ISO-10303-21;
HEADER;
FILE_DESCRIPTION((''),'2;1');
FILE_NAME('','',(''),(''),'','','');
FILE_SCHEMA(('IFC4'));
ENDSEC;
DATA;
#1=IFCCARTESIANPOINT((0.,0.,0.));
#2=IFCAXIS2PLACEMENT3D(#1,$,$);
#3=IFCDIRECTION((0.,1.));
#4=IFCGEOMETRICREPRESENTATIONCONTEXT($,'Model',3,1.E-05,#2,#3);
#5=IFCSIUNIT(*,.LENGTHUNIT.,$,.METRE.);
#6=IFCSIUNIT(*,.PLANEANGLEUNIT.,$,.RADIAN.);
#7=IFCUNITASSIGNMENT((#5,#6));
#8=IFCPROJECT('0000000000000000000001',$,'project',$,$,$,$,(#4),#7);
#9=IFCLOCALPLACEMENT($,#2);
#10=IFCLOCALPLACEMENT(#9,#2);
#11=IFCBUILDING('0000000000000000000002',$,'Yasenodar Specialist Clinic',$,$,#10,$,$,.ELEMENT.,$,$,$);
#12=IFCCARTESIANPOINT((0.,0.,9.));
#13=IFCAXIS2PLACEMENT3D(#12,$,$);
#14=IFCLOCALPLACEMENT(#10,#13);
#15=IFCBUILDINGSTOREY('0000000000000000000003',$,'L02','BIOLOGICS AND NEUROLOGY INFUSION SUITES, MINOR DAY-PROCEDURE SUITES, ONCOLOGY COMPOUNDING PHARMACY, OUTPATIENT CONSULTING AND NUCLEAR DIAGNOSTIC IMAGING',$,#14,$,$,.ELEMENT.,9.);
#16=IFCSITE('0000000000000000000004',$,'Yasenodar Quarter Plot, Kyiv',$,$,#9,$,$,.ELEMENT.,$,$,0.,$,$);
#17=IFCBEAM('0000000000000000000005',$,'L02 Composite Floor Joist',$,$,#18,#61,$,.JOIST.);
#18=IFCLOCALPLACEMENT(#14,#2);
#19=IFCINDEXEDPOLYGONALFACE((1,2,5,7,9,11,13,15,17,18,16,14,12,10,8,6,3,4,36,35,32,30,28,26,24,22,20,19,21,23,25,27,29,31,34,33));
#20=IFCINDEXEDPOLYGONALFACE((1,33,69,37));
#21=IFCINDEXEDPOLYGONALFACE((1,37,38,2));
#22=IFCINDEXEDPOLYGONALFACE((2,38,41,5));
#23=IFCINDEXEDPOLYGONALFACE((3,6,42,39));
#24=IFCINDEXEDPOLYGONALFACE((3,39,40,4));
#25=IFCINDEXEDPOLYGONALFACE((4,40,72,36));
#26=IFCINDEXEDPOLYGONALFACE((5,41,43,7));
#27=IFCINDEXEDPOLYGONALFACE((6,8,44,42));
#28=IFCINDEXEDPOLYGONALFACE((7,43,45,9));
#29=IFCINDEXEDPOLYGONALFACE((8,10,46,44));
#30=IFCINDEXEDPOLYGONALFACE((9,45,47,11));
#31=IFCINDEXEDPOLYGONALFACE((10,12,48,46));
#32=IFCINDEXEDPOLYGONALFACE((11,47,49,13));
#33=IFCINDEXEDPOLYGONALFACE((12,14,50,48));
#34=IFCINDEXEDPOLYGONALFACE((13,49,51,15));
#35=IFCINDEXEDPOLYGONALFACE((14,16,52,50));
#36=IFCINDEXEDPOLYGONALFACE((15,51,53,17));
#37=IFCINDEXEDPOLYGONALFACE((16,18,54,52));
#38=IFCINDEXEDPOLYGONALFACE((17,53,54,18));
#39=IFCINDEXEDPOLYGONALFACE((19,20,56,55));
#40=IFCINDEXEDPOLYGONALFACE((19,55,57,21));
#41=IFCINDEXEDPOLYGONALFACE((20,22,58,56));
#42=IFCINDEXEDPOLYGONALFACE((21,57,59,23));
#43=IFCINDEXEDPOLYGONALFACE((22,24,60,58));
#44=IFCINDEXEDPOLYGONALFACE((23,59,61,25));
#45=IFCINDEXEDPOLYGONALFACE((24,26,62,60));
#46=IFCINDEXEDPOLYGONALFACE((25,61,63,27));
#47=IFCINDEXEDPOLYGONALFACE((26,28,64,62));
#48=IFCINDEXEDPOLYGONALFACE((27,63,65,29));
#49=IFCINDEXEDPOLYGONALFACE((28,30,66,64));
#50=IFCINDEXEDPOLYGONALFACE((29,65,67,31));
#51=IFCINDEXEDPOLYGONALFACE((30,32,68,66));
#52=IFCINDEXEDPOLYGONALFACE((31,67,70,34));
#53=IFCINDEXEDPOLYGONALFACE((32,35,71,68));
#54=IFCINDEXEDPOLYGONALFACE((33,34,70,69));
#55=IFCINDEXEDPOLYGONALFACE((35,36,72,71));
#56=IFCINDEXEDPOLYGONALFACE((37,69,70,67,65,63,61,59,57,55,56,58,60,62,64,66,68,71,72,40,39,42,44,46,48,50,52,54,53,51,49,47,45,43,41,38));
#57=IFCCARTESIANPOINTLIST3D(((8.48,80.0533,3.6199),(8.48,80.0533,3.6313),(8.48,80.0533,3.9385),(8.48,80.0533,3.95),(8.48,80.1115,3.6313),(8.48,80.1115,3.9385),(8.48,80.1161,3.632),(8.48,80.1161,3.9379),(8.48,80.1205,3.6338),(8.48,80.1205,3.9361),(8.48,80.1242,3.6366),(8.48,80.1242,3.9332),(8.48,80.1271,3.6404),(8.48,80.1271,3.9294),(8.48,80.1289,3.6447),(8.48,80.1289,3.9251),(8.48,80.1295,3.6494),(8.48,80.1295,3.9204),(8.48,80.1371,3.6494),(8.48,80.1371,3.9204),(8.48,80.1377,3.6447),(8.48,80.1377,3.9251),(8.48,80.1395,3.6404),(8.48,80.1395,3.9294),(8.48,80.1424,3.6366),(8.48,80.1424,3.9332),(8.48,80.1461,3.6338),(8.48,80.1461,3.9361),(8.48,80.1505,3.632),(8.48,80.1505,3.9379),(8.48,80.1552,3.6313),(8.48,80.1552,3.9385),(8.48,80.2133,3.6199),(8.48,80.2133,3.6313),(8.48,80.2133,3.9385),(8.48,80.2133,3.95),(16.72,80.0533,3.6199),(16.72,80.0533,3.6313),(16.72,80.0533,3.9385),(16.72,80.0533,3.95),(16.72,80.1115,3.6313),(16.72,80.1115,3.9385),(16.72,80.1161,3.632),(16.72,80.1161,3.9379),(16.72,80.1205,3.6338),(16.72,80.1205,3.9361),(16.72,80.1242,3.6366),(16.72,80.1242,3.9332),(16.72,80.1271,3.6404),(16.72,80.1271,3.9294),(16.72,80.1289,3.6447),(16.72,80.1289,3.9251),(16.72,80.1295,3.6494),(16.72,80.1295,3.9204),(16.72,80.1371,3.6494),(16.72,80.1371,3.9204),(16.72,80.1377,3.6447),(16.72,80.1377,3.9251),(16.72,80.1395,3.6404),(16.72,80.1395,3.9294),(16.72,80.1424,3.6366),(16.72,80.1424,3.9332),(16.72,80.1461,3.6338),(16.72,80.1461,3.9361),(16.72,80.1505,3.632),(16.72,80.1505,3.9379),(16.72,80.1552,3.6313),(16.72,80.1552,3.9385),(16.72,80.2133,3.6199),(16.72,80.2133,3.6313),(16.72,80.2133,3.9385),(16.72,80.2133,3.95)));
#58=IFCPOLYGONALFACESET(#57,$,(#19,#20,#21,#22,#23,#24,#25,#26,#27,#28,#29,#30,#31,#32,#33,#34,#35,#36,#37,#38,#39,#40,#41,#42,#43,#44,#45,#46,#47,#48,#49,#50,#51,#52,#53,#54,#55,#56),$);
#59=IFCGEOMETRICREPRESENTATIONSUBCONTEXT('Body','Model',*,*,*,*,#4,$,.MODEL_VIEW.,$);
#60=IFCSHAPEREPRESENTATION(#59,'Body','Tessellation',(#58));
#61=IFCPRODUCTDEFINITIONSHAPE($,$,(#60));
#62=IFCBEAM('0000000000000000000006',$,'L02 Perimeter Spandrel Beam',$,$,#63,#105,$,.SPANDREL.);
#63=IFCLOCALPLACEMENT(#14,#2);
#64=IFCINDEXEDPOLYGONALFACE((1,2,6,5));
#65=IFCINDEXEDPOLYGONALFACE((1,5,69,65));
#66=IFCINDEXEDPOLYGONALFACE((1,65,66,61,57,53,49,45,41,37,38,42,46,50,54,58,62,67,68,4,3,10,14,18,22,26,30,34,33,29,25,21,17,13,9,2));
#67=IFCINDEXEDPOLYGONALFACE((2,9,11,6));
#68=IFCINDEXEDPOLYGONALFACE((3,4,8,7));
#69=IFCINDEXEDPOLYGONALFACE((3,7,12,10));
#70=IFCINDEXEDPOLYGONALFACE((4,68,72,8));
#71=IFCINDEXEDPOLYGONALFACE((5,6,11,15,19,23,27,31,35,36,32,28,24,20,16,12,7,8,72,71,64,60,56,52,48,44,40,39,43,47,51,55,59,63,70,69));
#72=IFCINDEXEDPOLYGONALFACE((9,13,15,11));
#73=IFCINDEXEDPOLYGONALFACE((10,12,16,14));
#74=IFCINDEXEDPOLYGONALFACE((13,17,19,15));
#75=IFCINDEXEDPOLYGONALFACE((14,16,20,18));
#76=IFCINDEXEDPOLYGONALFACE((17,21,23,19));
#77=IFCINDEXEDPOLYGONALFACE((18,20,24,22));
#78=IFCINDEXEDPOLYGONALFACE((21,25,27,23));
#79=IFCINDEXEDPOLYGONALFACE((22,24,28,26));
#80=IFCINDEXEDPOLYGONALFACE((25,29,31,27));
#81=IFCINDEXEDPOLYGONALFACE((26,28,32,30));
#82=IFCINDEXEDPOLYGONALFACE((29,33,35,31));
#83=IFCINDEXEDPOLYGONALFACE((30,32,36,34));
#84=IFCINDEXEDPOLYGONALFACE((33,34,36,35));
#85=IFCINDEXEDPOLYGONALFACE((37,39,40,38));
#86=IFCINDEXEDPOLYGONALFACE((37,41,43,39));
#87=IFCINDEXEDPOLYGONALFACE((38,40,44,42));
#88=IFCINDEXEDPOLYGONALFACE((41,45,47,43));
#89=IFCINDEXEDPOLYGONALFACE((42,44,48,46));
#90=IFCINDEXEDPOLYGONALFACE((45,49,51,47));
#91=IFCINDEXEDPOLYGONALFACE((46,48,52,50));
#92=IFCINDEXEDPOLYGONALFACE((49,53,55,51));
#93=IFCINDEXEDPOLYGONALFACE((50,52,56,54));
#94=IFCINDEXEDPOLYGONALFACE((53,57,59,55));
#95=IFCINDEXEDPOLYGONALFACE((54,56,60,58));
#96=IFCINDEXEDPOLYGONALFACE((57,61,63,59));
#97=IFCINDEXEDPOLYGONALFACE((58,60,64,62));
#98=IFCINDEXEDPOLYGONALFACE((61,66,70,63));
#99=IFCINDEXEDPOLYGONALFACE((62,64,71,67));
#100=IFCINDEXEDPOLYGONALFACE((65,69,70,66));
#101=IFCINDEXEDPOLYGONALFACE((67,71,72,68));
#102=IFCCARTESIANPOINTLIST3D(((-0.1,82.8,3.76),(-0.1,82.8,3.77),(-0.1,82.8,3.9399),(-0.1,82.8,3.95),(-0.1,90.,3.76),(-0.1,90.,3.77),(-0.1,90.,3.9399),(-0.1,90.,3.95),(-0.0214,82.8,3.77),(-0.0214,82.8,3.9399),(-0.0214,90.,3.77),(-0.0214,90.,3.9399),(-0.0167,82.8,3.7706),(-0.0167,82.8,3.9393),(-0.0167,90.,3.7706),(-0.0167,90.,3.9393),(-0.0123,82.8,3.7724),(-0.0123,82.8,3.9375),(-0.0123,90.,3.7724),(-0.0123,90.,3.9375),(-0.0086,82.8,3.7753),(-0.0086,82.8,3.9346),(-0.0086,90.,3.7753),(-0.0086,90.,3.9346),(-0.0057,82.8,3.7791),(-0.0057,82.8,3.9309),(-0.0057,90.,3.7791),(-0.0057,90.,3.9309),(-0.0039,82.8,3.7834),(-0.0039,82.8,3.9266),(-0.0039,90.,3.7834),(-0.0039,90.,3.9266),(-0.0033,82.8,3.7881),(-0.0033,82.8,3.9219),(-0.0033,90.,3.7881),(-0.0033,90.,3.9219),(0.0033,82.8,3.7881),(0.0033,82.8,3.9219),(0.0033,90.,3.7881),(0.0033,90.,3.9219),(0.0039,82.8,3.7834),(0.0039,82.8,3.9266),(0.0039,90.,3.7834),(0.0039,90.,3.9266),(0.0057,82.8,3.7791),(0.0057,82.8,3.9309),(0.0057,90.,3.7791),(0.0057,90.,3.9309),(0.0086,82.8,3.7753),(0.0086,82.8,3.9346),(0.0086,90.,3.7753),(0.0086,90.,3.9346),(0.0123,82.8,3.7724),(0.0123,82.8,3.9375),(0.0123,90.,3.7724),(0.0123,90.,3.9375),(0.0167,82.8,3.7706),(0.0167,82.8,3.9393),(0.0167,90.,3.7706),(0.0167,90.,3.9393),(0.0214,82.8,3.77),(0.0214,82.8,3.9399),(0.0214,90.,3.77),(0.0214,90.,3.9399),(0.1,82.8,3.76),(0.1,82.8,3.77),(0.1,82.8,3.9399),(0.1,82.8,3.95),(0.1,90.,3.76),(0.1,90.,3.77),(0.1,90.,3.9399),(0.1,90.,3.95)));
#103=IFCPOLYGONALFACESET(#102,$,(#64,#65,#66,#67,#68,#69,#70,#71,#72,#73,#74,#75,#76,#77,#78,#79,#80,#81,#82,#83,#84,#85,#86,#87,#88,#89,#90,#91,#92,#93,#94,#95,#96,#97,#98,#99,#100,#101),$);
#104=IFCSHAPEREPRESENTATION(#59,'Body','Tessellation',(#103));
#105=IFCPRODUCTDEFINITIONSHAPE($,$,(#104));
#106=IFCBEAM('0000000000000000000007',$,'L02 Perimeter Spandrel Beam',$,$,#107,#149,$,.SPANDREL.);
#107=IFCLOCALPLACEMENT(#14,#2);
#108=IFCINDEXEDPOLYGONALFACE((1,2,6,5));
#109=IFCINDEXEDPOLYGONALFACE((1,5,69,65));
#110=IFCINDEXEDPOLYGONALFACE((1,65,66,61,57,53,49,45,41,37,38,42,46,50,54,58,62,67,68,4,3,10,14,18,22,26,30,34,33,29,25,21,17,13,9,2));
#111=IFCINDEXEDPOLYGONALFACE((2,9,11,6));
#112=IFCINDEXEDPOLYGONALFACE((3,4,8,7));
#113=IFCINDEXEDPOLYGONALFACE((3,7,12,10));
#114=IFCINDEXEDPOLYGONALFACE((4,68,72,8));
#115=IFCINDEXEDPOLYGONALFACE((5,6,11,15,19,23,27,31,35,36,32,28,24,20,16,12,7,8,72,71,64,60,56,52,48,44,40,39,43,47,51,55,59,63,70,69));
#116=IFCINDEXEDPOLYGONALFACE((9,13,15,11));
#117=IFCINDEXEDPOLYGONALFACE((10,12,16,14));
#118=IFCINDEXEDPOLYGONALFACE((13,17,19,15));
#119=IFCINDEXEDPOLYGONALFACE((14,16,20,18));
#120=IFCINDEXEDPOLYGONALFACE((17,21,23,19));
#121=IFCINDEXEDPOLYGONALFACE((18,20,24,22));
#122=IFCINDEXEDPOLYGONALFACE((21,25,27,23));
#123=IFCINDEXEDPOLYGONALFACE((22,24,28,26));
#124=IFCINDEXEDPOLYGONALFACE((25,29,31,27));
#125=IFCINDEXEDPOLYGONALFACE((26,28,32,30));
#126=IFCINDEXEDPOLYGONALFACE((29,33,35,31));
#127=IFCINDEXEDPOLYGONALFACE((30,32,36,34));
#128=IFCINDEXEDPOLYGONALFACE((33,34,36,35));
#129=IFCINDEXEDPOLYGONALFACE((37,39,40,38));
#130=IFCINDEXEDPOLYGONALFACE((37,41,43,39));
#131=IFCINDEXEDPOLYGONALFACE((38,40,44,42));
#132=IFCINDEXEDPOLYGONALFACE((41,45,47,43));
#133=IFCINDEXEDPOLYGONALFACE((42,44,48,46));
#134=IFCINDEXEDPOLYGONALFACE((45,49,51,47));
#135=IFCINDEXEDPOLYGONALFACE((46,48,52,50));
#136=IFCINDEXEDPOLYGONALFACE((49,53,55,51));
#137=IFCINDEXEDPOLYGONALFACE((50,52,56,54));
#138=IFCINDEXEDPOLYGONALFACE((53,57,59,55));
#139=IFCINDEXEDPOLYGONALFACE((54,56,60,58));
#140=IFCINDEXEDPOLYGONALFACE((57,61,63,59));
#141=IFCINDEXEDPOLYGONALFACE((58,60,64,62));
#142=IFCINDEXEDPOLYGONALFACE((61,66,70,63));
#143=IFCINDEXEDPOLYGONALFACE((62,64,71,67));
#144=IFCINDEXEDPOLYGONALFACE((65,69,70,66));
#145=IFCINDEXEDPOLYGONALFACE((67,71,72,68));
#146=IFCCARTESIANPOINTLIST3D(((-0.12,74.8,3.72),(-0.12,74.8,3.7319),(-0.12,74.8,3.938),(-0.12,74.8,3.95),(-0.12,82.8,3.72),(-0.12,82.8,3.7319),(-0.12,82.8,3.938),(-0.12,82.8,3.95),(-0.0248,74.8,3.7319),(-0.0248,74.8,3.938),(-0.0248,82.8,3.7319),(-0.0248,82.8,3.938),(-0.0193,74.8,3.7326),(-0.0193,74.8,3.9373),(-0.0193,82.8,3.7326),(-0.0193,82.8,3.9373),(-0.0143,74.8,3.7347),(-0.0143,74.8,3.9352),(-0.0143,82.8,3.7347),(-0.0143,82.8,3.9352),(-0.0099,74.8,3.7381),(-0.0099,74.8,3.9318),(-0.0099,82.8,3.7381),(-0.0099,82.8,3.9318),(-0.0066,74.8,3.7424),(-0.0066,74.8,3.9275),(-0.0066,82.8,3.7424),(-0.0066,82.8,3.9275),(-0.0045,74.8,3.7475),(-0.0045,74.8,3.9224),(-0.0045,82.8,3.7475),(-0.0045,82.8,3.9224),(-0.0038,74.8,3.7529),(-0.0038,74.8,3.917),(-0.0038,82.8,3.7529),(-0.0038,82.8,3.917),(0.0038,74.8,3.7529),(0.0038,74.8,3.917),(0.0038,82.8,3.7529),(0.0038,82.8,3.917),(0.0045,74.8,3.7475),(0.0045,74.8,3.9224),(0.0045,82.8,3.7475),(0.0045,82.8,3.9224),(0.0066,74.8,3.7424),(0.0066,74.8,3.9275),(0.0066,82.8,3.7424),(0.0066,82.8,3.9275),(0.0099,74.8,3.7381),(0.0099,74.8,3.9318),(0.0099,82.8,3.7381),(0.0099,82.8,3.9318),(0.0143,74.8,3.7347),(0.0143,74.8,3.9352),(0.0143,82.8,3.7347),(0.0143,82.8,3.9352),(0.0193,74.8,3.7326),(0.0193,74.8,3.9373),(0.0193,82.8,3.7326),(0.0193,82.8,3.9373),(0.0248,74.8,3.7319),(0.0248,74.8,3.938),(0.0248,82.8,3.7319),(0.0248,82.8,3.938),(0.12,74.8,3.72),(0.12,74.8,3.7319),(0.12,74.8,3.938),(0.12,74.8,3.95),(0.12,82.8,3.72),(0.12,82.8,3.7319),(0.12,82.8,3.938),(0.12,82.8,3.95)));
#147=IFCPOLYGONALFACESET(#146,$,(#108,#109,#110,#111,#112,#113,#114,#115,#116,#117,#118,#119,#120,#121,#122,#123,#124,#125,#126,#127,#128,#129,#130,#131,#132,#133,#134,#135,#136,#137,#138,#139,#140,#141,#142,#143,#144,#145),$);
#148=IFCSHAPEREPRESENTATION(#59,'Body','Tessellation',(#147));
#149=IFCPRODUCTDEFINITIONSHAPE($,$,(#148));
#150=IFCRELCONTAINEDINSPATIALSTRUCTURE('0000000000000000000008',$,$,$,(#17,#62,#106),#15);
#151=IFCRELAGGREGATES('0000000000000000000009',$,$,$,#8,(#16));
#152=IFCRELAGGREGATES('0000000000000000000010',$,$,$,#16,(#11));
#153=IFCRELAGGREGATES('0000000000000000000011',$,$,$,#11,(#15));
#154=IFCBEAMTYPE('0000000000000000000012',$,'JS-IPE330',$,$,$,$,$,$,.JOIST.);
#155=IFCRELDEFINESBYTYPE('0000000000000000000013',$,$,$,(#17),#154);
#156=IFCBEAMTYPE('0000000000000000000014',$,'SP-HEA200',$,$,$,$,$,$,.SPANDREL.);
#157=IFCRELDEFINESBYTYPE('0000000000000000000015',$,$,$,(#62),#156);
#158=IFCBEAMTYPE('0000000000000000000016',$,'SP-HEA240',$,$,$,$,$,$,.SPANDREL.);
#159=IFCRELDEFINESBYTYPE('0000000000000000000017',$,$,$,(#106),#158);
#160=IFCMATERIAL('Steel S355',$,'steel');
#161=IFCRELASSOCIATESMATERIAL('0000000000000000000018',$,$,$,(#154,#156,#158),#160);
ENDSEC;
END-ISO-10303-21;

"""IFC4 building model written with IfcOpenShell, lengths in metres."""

from ifc_helpers import new_model, si_unit, direction, frame, origin, origin_2d, place, context, subcontext, project, spatial, i_section, extrude, material, material_profile, profile_set, type_object, element, save


model = new_model("IFC4")

# Units and contexts
model_context = context("Model", 3, precision=1e-05, world=origin(), true_north=direction((0.0, 1.0)))
body_context = subcontext(model_context, "Body", "Model", "MODEL_VIEW")
ifc_project = project(units=[si_unit("LENGTHUNIT", "METRE"), si_unit("PLANEANGLEUNIT", "RADIAN")], contexts=[model_context])

# Site, building, storey
site_placement = place(None, origin())
site = spatial("IfcSite", under=ifc_project, at=site_placement, Name="Yasenodar Quarter Plot, Kyiv", CompositionType="ELEMENT", RefElevation=0.0)
building_placement = place(site_placement, origin())
building = spatial("IfcBuilding", under=site, at=building_placement, Name="Yasenodar Specialist Clinic", CompositionType="ELEMENT")
storey_placement = place(building_placement, frame((0.0, 0.0, 9.0)))
storey = spatial("IfcBuildingStorey", under=building, at=storey_placement, Name="L02", Description="BIOLOGICS AND NEUROLOGY INFUSION SUITES, MINOR DAY-PROCEDURE SUITES, ONCOLOGY COMPOUNDING PHARMACY, OUTPATIENT CONSULTING AND NUCLEAR DIAGNOSTIC IMAGING", CompositionType="ELEMENT", Elevation=9.0)

# Shared definitions
ifc_material_1 = material(Name="Steel S355", Category="steel")

# Beams
ifc_material_profile_1 = material_profile(ifc_material_1, i_section(OverallWidth=0.1599, OverallDepth=0.3301, WebThickness=0.0076, FlangeThickness=0.0115, FilletRadius=0.0181, at=origin_2d()), Name="IPE 330")
ifc_profile_set_1 = profile_set([ifc_material_profile_1], Name="Steel S355")
beam_type_1 = type_object("IfcBeamType", Name="JS-IPE330", PredefinedType="JOIST", material=ifc_profile_set_1)
beam_1_placement = place(storey_placement, frame((8.48, 80.1333, 3.7849), z_axis=(1.0, 0.0, 0.0), x_axis=(0.0, 1.0, 0.0)))
element("IfcBeam", 1, at=beam_1_placement, inside=storey, type_object=beam_type_1, Name="L02 Composite Floor Joist", PredefinedType="JOIST", context=body_context, shape_type="SweptSolid", body=[
    extrude(i_section(OverallWidth=0.1599, OverallDepth=0.3301, WebThickness=0.0076, FlangeThickness=0.0115, FilletRadius=0.0181, at=origin_2d()), origin(), (0.0, 0.0, 1.0), 8.24),
])
ifc_material_profile_2 = material_profile(ifc_material_1, i_section(OverallWidth=0.2, OverallDepth=0.1899, WebThickness=0.0066, FlangeThickness=0.01, FilletRadius=0.0181, at=origin_2d()), Name="HEA 200")
ifc_profile_set_2 = profile_set([ifc_material_profile_2], Name="Steel S355")
beam_type_2 = type_object("IfcBeamType", Name="SP-HEA200", PredefinedType="SPANDREL", material=ifc_profile_set_2)
beam_2_placement = place(storey_placement, frame((0.0, 82.8, 3.855), z_axis=(0.0, 1.0, 0.0), x_axis=(-1.0, 0.0, 0.0)))
element("IfcBeam", 2, at=beam_2_placement, inside=storey, type_object=beam_type_2, Name="L02 Perimeter Spandrel Beam", PredefinedType="SPANDREL", context=body_context, shape_type="SweptSolid", body=[
    extrude(i_section(OverallWidth=0.2, OverallDepth=0.1899, WebThickness=0.0066, FlangeThickness=0.01, FilletRadius=0.0181, at=origin_2d()), origin(), (0.0, 0.0, 1.0), 7.2),
])
ifc_material_profile_3 = material_profile(ifc_material_1, i_section(OverallWidth=0.24, OverallDepth=0.23, WebThickness=0.0076, FlangeThickness=0.012, FilletRadius=0.021, at=origin_2d()), Name="HEA 240")
ifc_profile_set_3 = profile_set([ifc_material_profile_3], Name="Steel S355")
beam_type_3 = type_object("IfcBeamType", Name="SP-HEA240", PredefinedType="SPANDREL", material=ifc_profile_set_3)
beam_3_placement = place(storey_placement, frame((0.0, 74.8, 3.835), z_axis=(0.0, 1.0, 0.0), x_axis=(-1.0, 0.0, 0.0)))
element("IfcBeam", 3, at=beam_3_placement, inside=storey, type_object=beam_type_3, Name="L02 Perimeter Spandrel Beam", PredefinedType="SPANDREL", context=body_context, shape_type="SweptSolid", body=[
    extrude(i_section(OverallWidth=0.24, OverallDepth=0.23, WebThickness=0.0076, FlangeThickness=0.012, FilletRadius=0.021, at=origin_2d()), origin(), (0.0, 0.0, 1.0), 8.0),
])

save(model, "model.ifc")
